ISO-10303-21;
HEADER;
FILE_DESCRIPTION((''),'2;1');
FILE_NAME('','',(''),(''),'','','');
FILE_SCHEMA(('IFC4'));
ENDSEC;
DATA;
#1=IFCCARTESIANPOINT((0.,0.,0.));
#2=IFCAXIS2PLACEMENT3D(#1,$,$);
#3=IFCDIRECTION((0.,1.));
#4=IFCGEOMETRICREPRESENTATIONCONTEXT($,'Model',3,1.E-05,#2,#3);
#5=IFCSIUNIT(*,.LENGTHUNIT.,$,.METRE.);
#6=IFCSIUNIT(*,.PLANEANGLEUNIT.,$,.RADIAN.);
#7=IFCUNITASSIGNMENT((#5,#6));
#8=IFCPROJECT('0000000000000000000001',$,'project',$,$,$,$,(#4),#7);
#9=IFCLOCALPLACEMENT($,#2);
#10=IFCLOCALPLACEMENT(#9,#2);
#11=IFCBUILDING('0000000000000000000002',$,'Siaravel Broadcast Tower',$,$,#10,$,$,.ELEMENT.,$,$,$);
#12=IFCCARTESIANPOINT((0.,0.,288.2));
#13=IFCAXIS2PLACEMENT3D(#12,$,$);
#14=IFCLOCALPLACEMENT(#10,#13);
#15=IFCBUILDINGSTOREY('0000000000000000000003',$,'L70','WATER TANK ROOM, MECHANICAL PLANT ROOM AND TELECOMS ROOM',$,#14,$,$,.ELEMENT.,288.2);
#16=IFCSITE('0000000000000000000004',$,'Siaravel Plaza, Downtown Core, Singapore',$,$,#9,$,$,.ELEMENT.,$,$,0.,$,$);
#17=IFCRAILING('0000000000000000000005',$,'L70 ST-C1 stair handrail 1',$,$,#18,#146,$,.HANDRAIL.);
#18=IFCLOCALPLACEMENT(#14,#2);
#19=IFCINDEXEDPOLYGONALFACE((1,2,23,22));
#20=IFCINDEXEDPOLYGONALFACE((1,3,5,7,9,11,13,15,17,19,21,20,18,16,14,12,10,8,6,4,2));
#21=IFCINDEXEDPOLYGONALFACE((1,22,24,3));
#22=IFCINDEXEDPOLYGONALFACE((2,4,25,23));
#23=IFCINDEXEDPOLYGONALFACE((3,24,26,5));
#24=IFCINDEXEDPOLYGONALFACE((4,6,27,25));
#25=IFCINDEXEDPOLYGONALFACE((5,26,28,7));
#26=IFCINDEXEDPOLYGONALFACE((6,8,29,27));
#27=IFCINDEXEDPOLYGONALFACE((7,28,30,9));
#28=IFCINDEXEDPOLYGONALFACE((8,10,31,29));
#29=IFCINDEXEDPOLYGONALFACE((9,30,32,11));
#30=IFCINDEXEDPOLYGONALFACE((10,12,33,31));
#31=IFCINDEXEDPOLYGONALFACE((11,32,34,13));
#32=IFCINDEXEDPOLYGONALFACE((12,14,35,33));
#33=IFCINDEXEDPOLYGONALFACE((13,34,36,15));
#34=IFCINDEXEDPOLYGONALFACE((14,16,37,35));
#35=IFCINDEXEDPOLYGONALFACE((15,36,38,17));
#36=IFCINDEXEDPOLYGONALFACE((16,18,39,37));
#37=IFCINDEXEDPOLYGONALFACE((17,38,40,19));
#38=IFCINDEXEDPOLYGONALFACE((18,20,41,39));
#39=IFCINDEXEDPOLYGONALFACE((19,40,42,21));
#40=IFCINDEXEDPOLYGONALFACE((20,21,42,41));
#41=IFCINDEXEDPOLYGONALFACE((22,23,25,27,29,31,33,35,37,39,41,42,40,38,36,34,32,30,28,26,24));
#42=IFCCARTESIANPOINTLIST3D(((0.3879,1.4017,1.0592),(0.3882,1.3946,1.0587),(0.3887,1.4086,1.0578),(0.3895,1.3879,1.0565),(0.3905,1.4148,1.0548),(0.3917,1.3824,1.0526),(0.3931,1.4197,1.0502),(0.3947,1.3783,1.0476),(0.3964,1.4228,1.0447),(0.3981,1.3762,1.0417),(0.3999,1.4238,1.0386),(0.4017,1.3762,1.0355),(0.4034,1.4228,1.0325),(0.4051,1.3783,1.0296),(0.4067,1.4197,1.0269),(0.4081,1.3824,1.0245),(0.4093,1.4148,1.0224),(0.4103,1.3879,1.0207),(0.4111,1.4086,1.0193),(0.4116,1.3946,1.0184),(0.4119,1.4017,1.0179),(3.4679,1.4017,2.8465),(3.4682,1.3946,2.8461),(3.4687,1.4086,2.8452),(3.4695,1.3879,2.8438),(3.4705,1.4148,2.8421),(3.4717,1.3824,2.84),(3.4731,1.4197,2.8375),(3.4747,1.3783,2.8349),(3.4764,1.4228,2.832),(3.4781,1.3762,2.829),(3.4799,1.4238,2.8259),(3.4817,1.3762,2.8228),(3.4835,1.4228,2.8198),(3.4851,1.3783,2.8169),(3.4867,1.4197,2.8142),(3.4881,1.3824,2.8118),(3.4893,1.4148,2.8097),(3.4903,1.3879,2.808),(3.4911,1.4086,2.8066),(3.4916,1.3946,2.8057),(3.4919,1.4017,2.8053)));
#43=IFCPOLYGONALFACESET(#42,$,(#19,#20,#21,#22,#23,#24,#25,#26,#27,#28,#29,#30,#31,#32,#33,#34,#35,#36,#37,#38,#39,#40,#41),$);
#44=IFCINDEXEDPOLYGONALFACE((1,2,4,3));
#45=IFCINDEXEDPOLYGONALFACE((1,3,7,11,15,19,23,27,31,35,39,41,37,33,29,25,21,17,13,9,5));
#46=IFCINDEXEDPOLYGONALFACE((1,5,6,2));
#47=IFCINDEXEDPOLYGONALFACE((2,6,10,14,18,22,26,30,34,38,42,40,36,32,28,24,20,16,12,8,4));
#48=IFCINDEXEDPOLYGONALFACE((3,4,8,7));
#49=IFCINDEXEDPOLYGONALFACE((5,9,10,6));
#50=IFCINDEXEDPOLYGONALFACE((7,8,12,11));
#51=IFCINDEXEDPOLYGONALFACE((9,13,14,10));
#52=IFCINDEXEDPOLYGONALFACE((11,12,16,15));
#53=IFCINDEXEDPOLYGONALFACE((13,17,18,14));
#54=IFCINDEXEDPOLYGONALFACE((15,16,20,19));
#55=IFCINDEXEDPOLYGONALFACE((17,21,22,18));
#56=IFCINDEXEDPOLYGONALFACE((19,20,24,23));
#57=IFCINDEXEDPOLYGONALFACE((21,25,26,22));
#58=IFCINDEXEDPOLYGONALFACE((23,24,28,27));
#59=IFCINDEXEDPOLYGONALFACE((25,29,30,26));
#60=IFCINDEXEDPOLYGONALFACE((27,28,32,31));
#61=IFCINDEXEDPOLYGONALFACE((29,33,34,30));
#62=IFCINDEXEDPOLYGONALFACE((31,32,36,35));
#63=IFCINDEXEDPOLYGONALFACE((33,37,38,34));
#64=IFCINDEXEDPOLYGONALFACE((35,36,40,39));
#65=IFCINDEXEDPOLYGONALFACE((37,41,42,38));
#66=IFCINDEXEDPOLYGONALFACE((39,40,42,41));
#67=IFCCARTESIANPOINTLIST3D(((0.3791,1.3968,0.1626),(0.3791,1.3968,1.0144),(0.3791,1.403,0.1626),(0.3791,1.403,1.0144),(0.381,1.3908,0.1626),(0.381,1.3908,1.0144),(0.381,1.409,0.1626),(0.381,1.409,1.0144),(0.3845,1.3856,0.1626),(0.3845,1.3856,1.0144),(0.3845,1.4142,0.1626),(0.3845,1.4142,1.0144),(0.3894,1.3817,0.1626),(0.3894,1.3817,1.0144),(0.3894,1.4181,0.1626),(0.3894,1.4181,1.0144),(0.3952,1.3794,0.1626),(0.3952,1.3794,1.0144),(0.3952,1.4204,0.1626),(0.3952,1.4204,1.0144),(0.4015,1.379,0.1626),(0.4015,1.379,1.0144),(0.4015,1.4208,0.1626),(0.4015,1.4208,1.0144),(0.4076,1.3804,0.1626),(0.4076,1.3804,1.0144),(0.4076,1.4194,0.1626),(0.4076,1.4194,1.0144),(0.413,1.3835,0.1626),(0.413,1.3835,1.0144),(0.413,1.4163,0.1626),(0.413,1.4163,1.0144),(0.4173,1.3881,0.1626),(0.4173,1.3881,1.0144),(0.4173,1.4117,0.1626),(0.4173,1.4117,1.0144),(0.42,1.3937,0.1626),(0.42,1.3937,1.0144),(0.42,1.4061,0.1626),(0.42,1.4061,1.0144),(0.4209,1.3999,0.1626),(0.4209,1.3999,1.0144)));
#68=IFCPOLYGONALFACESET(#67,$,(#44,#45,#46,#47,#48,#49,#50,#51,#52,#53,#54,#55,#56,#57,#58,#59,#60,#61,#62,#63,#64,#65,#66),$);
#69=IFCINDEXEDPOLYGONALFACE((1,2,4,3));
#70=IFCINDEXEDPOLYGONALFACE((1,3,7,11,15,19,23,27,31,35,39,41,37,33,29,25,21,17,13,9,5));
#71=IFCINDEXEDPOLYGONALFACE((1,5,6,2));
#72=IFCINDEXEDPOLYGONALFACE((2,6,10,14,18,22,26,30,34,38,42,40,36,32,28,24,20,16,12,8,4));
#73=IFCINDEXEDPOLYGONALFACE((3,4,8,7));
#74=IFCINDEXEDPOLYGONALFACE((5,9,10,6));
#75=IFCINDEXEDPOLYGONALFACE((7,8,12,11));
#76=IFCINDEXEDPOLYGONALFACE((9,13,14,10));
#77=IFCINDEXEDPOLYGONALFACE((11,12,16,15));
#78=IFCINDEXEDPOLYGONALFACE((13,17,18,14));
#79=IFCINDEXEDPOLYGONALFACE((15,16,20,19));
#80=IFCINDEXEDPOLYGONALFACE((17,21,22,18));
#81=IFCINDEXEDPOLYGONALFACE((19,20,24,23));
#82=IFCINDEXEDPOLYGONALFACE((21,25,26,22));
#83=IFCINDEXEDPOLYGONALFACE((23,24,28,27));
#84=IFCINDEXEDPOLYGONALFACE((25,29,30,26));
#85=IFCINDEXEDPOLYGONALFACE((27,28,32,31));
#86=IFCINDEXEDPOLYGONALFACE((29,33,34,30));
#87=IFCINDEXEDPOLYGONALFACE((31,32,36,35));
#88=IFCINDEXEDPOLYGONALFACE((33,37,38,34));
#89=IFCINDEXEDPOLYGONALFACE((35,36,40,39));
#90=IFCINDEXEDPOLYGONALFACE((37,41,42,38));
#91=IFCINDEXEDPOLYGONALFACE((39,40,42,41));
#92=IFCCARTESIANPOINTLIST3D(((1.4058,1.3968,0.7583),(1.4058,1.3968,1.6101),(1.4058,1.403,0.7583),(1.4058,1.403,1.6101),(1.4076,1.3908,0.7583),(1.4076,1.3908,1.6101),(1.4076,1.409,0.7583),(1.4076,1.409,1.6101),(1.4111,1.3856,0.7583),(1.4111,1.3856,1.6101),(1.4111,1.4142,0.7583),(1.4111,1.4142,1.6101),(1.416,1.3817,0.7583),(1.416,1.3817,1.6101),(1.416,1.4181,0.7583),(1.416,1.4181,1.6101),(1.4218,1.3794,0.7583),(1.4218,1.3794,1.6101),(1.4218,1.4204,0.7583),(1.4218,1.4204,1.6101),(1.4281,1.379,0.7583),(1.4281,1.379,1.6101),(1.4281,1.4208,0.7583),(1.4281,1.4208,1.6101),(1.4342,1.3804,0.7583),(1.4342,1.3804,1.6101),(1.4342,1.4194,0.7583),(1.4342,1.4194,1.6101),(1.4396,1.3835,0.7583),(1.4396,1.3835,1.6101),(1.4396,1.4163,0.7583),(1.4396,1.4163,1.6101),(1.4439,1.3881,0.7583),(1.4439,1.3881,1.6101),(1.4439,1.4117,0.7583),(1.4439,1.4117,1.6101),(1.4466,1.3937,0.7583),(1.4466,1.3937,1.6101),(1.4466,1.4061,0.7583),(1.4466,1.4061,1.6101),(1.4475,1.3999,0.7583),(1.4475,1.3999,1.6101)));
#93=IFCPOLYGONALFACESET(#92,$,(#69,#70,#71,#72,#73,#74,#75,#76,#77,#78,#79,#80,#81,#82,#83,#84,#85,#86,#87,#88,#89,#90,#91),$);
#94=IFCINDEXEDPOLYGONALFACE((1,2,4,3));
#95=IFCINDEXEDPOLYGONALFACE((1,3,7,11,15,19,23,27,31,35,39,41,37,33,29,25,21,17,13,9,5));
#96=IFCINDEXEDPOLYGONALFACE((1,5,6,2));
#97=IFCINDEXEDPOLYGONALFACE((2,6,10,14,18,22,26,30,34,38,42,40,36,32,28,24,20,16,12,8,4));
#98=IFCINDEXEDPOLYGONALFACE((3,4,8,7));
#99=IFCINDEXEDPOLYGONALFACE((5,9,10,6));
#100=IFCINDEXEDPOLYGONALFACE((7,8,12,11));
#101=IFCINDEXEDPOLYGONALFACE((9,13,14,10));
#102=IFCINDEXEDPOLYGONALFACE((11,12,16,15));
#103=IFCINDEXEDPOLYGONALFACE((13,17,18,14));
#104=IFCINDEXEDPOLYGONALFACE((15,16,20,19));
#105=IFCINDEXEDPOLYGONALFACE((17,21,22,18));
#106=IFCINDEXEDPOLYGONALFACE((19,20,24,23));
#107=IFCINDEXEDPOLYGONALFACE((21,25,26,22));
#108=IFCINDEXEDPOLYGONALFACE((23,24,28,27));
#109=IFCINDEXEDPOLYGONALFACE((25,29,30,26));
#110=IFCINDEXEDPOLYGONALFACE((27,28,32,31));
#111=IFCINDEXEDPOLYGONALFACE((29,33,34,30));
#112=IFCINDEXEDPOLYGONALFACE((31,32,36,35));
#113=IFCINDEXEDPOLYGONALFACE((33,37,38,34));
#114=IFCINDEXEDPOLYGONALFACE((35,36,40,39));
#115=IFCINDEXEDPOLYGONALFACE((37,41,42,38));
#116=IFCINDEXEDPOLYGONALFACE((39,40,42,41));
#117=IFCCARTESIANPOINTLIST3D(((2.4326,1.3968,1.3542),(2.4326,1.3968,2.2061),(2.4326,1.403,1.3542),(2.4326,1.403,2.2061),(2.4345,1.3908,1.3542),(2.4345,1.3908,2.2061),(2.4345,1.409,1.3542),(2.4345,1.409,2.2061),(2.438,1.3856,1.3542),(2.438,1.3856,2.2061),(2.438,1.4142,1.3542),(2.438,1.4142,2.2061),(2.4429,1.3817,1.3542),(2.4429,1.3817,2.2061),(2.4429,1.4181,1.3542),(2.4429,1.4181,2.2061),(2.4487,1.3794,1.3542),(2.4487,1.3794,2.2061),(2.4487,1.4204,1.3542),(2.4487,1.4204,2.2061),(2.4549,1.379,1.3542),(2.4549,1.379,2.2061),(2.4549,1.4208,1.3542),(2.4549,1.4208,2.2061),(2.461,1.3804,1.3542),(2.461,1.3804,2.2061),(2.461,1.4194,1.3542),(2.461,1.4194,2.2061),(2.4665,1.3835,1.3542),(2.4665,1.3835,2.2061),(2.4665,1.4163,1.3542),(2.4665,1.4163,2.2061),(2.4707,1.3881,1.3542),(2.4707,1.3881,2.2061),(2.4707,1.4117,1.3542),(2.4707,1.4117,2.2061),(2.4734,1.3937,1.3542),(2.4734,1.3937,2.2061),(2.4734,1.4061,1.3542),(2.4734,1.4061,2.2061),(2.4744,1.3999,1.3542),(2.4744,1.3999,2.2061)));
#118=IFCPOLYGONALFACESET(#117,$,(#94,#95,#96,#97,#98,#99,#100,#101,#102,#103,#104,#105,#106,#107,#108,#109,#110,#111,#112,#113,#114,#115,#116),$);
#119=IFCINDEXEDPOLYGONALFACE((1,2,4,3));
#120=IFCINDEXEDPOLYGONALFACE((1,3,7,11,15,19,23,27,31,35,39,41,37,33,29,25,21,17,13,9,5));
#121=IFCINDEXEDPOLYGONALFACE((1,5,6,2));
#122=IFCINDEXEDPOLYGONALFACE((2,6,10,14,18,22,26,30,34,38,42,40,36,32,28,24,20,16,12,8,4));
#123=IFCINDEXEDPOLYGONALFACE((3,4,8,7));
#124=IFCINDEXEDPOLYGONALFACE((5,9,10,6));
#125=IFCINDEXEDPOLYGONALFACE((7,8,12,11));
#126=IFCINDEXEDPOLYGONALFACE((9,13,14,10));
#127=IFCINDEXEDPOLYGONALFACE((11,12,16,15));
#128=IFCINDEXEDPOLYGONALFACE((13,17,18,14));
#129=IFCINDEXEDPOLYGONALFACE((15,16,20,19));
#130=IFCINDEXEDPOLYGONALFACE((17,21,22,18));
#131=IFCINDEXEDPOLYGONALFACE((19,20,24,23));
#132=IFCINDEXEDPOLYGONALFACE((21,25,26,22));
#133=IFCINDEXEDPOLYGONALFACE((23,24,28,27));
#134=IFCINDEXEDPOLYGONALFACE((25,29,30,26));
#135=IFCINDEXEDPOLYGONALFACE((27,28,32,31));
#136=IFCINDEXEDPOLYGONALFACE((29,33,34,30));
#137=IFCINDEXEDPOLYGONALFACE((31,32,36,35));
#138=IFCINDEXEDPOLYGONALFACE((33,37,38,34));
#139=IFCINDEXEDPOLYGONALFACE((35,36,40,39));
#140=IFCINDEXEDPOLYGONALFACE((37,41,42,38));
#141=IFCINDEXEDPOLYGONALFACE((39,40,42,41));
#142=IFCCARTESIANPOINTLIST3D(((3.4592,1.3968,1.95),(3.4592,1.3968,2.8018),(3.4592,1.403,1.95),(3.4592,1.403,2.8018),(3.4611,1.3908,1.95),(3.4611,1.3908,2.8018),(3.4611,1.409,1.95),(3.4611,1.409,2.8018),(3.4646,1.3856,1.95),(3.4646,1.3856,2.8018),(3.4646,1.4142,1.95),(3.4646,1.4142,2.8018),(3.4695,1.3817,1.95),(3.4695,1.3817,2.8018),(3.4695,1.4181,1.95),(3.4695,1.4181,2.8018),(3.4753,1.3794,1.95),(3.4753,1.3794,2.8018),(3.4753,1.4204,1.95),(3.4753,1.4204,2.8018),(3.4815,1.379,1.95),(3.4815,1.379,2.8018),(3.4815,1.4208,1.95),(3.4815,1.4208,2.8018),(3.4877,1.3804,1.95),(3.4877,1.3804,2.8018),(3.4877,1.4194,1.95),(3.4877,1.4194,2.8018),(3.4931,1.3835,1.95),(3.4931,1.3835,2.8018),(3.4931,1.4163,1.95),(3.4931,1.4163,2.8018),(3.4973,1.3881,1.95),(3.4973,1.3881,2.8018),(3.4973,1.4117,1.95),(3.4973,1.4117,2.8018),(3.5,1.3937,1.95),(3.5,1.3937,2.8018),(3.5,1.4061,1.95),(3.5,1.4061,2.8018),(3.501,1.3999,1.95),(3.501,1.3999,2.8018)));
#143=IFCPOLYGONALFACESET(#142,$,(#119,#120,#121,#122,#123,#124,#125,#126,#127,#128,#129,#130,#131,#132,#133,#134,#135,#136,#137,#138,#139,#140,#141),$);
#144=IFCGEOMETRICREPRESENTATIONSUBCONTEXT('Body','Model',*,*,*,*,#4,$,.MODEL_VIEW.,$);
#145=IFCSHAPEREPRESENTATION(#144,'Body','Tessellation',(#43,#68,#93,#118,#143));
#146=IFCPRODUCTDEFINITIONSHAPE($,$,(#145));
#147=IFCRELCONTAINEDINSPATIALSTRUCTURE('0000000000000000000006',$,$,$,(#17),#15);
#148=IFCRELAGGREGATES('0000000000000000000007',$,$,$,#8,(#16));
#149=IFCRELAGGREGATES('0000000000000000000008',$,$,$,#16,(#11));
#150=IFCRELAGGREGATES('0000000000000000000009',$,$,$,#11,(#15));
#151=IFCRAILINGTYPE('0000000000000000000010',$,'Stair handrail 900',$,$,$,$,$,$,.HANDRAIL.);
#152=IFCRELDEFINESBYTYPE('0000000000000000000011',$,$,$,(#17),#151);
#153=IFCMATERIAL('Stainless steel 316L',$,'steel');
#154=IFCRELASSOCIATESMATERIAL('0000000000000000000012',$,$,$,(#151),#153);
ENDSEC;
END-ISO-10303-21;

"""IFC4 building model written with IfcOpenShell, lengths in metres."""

from ifc_helpers import new_model, si_unit, direction, frame, origin, origin_2d, place, context, subcontext, project, spatial, circle, extrude, material, type_object, element, save


model = new_model("IFC4")

# Units and contexts
model_context = context("Model", 3, precision=1e-05, world=origin(), true_north=direction((0.0, 1.0)))
body_context = subcontext(model_context, "Body", "Model", "MODEL_VIEW")
ifc_project = project(units=[si_unit("LENGTHUNIT", "METRE"), si_unit("PLANEANGLEUNIT", "RADIAN")], contexts=[model_context])

# Site, building, storey
site_placement = place(None, origin())
site = spatial("IfcSite", under=ifc_project, at=site_placement, Name="Siaravel Plaza, Downtown Core, Singapore", CompositionType="ELEMENT", RefElevation=0.0)
building_placement = place(site_placement, origin())
building = spatial("IfcBuilding", under=site, at=building_placement, Name="Siaravel Broadcast Tower", CompositionType="ELEMENT")
storey_placement = place(building_placement, frame((0.0, 0.0, 288.2)))
storey = spatial("IfcBuildingStorey", under=building, at=storey_placement, Name="L70", Description="WATER TANK ROOM, MECHANICAL PLANT ROOM AND TELECOMS ROOM", CompositionType="ELEMENT", Elevation=288.2)

# Railing
ifc_material_1 = material(Name="Stainless steel 316L", Category="steel")
railing_type_1 = type_object("IfcRailingType", Name="Stair handrail 900", PredefinedType="HANDRAIL", material=ifc_material_1)
railing_1_placement = place(storey_placement, frame((0.3999, 1.3999, 0.1626)))
element("IfcRailing", 1, at=railing_1_placement, inside=storey, type_object=railing_type_1, Name="L70 ST-C1 stair handrail 1", PredefinedType="HANDRAIL", context=body_context, shape_type="SweptSolid", body=[
    extrude(circle(Radius=0.0239, at=origin_2d()), frame((0.0, 0.0, 0.876), z_axis=(0.86492, 0.0, 0.501909), x_axis=(0.0, 1.0, 0.0)), (0.0, 0.0, 1.0), 3.561),
    extrude(circle(Radius=0.021, at=origin_2d()), origin(), (0.0, 0.0, 1.0), 0.8518),
    extrude(circle(Radius=0.021, at=origin_2d()), frame((1.0266, 0.0, 0.5957)), (0.0, 0.0, 1.0), 0.8518),
    extrude(circle(Radius=0.021, at=origin_2d()), frame((2.0535, 0.0, 1.1917)), (0.0, 0.0, 1.0), 0.8518),
    extrude(circle(Radius=0.021, at=origin_2d()), frame((3.0801, 0.0, 1.7874)), (0.0, 0.0, 1.0), 0.8518),
])

save(model, "model.ifc")
